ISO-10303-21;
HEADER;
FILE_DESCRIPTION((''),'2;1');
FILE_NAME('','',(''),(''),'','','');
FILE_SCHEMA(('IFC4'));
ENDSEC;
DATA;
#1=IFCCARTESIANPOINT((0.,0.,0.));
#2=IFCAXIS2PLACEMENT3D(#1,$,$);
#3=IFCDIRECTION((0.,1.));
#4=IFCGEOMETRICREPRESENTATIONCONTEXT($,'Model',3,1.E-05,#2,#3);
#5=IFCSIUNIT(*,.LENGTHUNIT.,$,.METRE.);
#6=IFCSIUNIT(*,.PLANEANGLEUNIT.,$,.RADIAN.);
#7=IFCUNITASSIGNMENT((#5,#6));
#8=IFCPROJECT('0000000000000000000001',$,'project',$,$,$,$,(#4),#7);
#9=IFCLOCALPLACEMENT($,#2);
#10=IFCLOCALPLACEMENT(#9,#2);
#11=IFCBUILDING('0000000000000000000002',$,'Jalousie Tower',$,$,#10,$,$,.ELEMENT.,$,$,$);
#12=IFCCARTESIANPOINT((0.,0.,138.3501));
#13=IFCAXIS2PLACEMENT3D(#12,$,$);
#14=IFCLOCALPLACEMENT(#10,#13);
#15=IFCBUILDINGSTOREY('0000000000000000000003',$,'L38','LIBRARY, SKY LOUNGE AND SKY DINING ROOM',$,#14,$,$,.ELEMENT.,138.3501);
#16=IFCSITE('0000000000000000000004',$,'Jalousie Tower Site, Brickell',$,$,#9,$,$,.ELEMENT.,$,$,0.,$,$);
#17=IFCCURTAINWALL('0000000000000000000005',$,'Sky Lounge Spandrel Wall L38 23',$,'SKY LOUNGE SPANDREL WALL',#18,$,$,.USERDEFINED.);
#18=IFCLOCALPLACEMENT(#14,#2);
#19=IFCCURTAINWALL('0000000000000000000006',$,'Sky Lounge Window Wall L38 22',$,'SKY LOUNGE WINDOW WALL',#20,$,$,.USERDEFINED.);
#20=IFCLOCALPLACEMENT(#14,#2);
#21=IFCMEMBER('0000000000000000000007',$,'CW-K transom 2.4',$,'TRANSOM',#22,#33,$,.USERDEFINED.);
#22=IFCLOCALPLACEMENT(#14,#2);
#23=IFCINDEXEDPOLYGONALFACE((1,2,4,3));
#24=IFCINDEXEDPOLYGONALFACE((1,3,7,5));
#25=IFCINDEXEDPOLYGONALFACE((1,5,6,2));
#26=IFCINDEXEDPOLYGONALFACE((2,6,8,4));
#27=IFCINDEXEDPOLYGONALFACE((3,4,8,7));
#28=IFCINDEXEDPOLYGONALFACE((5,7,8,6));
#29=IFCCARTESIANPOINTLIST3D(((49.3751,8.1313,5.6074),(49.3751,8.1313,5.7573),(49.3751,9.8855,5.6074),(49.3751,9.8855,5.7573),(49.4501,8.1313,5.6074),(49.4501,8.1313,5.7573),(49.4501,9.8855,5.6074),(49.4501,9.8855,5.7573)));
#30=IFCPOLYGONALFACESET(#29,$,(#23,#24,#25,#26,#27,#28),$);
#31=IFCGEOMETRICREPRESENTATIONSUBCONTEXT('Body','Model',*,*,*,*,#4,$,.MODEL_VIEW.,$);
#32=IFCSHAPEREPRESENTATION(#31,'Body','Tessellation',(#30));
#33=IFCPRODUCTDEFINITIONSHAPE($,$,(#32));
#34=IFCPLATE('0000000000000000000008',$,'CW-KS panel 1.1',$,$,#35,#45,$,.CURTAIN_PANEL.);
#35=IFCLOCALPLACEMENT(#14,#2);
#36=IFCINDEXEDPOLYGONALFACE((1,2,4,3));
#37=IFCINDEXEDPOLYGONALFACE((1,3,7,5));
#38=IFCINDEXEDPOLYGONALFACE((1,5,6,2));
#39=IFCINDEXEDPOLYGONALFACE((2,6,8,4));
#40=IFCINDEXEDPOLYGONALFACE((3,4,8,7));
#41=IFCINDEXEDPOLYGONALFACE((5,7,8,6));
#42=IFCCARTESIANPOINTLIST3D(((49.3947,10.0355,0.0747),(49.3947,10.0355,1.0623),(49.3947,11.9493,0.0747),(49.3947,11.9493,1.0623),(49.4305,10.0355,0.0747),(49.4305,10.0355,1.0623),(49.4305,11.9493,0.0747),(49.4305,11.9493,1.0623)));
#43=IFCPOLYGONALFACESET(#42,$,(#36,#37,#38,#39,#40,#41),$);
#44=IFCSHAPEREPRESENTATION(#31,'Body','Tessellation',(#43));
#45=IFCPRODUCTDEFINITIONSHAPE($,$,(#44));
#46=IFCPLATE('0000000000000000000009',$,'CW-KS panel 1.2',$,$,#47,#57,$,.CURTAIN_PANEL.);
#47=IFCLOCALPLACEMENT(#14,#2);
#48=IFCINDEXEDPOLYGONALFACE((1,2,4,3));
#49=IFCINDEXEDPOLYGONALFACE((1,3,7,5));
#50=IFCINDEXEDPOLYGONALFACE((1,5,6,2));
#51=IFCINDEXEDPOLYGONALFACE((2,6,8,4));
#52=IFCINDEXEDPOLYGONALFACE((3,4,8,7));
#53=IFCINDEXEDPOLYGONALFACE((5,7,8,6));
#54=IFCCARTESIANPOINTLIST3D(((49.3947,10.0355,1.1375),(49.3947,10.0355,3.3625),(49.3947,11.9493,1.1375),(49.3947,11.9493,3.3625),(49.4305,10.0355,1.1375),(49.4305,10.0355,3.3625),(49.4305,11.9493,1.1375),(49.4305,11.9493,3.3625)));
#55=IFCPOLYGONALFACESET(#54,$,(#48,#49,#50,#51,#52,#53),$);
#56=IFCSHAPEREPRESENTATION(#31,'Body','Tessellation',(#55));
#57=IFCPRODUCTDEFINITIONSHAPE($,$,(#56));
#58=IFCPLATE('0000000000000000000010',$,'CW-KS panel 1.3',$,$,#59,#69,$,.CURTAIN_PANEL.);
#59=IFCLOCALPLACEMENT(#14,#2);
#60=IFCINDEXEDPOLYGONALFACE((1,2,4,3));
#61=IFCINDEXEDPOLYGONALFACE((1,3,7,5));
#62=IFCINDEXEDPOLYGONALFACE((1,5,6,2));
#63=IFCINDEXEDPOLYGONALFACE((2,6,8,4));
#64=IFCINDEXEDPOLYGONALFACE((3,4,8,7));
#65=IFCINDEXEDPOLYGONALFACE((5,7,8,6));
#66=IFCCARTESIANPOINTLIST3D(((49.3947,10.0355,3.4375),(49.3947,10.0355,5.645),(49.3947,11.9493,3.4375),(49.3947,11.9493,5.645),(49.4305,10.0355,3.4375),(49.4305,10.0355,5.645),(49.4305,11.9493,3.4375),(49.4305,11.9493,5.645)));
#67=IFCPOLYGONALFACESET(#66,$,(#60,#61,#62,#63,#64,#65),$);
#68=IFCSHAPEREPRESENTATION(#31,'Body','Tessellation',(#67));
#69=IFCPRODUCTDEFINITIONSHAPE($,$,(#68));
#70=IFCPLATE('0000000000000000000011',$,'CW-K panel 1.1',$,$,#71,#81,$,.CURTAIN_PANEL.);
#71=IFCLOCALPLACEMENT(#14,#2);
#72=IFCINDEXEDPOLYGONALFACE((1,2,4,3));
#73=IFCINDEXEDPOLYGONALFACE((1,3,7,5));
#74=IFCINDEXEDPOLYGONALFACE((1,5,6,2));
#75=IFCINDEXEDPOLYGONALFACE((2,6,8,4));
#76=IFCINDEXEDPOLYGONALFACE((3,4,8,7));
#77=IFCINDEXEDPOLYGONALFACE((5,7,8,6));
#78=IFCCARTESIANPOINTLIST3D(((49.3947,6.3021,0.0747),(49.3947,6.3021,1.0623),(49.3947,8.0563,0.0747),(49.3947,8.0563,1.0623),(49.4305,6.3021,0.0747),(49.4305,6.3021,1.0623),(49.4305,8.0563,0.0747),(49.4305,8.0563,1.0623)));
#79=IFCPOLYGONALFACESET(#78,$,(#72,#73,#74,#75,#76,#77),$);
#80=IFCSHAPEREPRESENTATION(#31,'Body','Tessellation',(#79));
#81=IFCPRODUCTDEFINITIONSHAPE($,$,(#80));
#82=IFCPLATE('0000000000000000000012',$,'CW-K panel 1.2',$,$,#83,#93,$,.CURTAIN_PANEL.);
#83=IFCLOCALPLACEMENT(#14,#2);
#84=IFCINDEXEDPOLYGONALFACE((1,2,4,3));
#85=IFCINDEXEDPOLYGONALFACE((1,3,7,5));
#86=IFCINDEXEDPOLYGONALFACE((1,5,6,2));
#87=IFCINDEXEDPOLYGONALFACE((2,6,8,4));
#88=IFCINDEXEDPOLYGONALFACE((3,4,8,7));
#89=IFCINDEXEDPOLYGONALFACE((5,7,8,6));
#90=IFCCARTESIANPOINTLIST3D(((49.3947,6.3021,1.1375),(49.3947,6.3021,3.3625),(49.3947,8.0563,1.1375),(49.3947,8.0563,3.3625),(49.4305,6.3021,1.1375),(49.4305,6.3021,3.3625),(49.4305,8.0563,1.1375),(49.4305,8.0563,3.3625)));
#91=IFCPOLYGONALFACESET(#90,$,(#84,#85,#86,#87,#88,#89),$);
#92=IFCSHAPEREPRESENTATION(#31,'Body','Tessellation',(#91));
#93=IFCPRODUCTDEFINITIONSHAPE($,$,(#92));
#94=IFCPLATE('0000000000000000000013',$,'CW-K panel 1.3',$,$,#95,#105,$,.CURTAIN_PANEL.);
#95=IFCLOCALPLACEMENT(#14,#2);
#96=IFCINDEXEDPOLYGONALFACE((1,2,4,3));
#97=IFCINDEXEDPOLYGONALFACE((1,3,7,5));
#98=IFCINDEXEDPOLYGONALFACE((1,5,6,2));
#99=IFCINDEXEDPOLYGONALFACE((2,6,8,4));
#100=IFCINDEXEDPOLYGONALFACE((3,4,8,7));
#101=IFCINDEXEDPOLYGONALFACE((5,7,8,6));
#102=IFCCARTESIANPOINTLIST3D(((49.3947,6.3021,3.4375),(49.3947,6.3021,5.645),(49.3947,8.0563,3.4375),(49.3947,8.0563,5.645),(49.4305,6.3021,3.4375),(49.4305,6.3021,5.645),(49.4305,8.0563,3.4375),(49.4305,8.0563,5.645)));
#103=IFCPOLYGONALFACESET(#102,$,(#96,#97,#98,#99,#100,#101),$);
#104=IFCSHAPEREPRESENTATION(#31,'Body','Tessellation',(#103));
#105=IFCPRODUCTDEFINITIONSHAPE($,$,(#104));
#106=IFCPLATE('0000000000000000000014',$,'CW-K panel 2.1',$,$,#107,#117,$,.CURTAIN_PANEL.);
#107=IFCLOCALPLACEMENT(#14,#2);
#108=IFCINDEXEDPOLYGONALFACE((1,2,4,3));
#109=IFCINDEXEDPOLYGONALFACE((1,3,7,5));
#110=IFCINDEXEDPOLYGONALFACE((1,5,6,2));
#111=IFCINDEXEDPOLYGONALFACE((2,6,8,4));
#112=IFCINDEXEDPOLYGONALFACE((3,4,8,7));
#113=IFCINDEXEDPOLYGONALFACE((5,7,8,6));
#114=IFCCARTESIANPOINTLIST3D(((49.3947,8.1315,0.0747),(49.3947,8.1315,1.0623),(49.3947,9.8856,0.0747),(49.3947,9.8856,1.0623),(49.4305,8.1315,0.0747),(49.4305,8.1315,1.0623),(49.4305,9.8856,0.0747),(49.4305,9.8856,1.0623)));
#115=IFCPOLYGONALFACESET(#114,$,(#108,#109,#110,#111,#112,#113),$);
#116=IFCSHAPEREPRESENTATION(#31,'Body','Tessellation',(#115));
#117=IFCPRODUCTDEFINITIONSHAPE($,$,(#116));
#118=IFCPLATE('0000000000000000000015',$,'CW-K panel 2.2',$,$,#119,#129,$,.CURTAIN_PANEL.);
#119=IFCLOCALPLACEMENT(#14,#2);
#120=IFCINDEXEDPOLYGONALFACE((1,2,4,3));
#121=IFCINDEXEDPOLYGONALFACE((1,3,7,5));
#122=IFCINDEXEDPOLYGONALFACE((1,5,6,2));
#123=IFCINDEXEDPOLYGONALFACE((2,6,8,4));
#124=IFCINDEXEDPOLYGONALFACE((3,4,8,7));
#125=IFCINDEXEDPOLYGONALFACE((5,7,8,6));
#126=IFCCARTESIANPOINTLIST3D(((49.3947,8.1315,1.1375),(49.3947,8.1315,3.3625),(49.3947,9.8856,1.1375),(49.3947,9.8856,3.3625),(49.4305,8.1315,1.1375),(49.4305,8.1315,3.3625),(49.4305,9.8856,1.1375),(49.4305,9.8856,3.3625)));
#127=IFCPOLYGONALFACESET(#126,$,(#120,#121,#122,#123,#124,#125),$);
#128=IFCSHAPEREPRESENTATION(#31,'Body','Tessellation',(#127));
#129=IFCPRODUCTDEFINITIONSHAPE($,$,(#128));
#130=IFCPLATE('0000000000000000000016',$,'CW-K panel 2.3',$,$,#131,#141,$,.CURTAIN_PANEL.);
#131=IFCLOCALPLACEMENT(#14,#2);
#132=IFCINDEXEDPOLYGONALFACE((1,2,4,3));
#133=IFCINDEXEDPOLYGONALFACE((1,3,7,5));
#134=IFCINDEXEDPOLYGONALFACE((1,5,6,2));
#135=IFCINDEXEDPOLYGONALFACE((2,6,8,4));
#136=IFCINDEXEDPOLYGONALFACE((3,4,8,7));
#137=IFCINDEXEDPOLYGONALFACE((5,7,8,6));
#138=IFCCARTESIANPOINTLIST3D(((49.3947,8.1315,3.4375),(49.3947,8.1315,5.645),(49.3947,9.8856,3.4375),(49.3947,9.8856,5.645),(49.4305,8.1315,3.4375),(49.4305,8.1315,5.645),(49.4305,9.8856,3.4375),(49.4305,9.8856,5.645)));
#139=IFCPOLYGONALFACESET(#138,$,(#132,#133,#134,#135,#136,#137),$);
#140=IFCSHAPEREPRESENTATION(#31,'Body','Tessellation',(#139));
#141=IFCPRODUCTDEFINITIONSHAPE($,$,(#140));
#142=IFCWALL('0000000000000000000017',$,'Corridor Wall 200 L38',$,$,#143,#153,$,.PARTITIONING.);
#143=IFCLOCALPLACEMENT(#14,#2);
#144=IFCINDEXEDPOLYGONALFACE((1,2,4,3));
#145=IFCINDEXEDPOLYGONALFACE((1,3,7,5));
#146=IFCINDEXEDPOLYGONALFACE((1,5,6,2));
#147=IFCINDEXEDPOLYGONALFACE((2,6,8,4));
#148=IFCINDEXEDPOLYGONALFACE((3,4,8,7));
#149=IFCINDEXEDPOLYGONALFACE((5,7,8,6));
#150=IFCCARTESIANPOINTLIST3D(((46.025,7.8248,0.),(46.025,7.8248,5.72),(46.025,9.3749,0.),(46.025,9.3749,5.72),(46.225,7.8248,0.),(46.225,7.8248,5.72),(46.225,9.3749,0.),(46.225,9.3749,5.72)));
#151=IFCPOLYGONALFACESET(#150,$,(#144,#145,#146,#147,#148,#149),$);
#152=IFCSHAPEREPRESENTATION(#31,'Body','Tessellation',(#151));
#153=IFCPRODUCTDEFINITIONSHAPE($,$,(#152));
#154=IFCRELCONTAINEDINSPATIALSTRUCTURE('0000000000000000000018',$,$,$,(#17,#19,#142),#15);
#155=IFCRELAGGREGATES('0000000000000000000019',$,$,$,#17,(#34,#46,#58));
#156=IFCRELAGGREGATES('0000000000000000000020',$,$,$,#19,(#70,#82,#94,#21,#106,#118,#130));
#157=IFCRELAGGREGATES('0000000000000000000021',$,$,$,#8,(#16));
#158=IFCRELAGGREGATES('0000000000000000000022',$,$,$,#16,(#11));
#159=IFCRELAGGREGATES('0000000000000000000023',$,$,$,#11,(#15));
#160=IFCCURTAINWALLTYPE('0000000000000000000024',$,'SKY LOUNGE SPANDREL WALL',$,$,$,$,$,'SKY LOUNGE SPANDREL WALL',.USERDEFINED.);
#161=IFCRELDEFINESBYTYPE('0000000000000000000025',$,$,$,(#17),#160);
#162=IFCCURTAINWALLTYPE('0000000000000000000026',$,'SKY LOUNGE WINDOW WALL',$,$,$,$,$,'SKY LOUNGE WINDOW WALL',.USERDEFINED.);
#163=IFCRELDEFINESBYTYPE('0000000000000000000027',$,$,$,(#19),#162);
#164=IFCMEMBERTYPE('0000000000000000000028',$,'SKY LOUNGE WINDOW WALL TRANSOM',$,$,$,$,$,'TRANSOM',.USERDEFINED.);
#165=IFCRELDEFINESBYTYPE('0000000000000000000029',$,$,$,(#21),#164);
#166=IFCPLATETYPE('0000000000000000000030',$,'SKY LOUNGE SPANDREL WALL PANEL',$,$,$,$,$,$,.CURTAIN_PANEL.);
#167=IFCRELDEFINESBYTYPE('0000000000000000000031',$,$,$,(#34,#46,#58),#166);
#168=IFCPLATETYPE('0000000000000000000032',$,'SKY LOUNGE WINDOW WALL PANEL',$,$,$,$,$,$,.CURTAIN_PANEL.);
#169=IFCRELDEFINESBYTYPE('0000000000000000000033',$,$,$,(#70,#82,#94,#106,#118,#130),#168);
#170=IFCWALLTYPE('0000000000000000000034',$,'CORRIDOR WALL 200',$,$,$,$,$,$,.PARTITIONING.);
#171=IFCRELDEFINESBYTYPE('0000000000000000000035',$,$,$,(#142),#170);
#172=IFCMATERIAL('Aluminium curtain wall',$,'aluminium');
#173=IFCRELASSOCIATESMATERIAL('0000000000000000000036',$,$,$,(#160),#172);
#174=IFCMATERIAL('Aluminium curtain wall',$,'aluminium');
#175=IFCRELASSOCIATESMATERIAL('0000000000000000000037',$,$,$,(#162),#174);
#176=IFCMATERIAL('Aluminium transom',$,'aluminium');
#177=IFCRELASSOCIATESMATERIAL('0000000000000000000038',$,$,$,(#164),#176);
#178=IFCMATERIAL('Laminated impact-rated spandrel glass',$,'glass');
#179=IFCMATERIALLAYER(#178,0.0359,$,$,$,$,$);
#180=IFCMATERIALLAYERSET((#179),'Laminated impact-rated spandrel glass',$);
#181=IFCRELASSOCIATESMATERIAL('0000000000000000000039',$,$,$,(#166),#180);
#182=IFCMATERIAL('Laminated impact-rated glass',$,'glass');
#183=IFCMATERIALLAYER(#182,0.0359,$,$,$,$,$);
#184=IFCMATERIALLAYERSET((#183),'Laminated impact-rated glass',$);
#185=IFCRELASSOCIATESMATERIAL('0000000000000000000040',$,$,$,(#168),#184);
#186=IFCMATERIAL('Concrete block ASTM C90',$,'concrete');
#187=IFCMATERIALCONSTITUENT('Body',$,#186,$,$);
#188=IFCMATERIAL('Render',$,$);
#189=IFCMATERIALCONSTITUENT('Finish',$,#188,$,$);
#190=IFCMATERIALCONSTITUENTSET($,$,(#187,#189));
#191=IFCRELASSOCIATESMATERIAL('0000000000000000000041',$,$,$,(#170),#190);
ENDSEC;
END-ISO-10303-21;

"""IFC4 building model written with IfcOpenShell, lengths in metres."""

from ifc_helpers import new_model, si_unit, direction, frame, frame_2d, origin, origin_2d, place, context, subcontext, project, spatial, rectangle, extrude, material, layer, layer_set, constituent, constituent_set, material_profile, profile_set, type_object, element, aggregate, save


model = new_model("IFC4")

# Units and contexts
model_context = context("Model", 3, precision=1e-05, world=origin(), true_north=direction((0.0, 1.0)))
body_context = subcontext(model_context, "Body", "Model", "MODEL_VIEW")
ifc_project = project(units=[si_unit("LENGTHUNIT", "METRE"), si_unit("PLANEANGLEUNIT", "RADIAN")], contexts=[model_context])

# Site, building, storey
site_placement = place(None, origin())
site = spatial("IfcSite", under=ifc_project, at=site_placement, Name="Jalousie Tower Site, Brickell", CompositionType="ELEMENT", RefElevation=0.0)
building_placement = place(site_placement, origin())
building = spatial("IfcBuilding", under=site, at=building_placement, Name="Jalousie Tower", CompositionType="ELEMENT")
storey_placement = place(building_placement, frame((0.0, 0.0, 138.3501)))
storey = spatial("IfcBuildingStorey", under=building, at=storey_placement, Name="L38", Description="LIBRARY, SKY LOUNGE AND SKY DINING ROOM", CompositionType="ELEMENT", Elevation=138.3501)

# Curtain walls, member
ifc_material_1 = material(Name="Aluminium curtain wall", Category="aluminium")
curtain_wall_type_1 = type_object("IfcCurtainWallType", Name="SKY LOUNGE SPANDREL WALL", ElementType="SKY LOUNGE SPANDREL WALL", PredefinedType="USERDEFINED", material=ifc_material_1)
curtain_wall_1_placement = place(storey_placement, origin())
curtain_wall_1 = element("IfcCurtainWall", 1, at=curtain_wall_1_placement, inside=storey, type_object=curtain_wall_type_1, Name="Sky Lounge Spandrel Wall L38 23", ObjectType="SKY LOUNGE SPANDREL WALL", PredefinedType="USERDEFINED")
ifc_material_2 = material(Name="Aluminium curtain wall", Category="aluminium")
curtain_wall_type_2 = type_object("IfcCurtainWallType", Name="SKY LOUNGE WINDOW WALL", ElementType="SKY LOUNGE WINDOW WALL", PredefinedType="USERDEFINED", material=ifc_material_2)
curtain_wall_2_placement = place(storey_placement, origin())
curtain_wall_2 = element("IfcCurtainWall", 2, at=curtain_wall_2_placement, inside=storey, type_object=curtain_wall_type_2, Name="Sky Lounge Window Wall L38 22", ObjectType="SKY LOUNGE WINDOW WALL", PredefinedType="USERDEFINED")
ifc_material_3 = material(Name="Aluminium transom", Category="aluminium")
ifc_material_profile_1 = material_profile(ifc_material_3, rectangle(XDim=0.075, YDim=0.1499, at=origin_2d()), Name="TRANSOM 75x150")
ifc_profile_set_1 = profile_set([ifc_material_profile_1], Name="Aluminium transom")
member_type_1 = type_object("IfcMemberType", Name="SKY LOUNGE WINDOW WALL TRANSOM", ElementType="TRANSOM", PredefinedType="USERDEFINED", material=ifc_profile_set_1)
member_1_placement = place(storey_placement, frame((49.4126, 8.1313, 5.6824), z_axis=(0.0, 1.0, 0.0), x_axis=(-1.0, 0.0, 0.0)))
member_1 = element("IfcMember", 3, at=member_1_placement, type_object=member_type_1, Name="CW-K transom 2.4", ObjectType="TRANSOM", PredefinedType="USERDEFINED", context=body_context, shape_type="SweptSolid", body=[
    extrude(rectangle(XDim=0.075, YDim=0.1499, at=origin_2d()), origin(), (0.0, 0.0, 1.0), 1.7542),
])

# Plates
ifc_material_4 = material(Name="Laminated impact-rated spandrel glass", Category="glass")
ifc_layer_1 = layer(ifc_material_4, 0.0359)
ifc_layer_set_1 = layer_set([ifc_layer_1], Name="Laminated impact-rated spandrel glass")
plate_type_1 = type_object("IfcPlateType", Name="SKY LOUNGE SPANDREL WALL PANEL", PredefinedType="CURTAIN_PANEL", material=ifc_layer_set_1)
plate_1_placement = place(storey_placement, frame((49.4126, 10.9924, 0.0747), z_axis=(0.0, 0.0, 1.0), x_axis=(0.0, 1.0, 0.0)))
plate_1 = element("IfcPlate", 4, at=plate_1_placement, type_object=plate_type_1, Name="CW-KS panel 1.1", PredefinedType="CURTAIN_PANEL", context=body_context, shape_type="SweptSolid", body=[
    extrude(rectangle(XDim=1.9138, YDim=0.0359, at=origin_2d()), origin(), (0.0, 0.0, 1.0), 0.9875),
])
plate_2_placement = place(storey_placement, frame((49.4126, 10.9924, 1.1375), z_axis=(0.0, 0.0, 1.0), x_axis=(0.0, 1.0, 0.0)))
plate_2 = element("IfcPlate", 5, at=plate_2_placement, type_object=plate_type_1, Name="CW-KS panel 1.2", PredefinedType="CURTAIN_PANEL", context=body_context, shape_type="SweptSolid", body=[
    extrude(rectangle(XDim=1.9138, YDim=0.0359, at=origin_2d()), origin(), (0.0, 0.0, 1.0), 2.2251),
])
plate_3_placement = place(storey_placement, frame((49.4126, 10.9924, 3.4375), z_axis=(0.0, 0.0, 1.0), x_axis=(0.0, 1.0, 0.0)))
plate_3 = element("IfcPlate", 6, at=plate_3_placement, type_object=plate_type_1, Name="CW-KS panel 1.3", PredefinedType="CURTAIN_PANEL", context=body_context, shape_type="SweptSolid", body=[
    extrude(rectangle(XDim=1.9138, YDim=0.0359, at=origin_2d()), origin(), (0.0, 0.0, 1.0), 2.2075),
])
aggregate(curtain_wall_1, [plate_1, plate_2, plate_3])
ifc_material_5 = material(Name="Laminated impact-rated glass", Category="glass")
ifc_layer_2 = layer(ifc_material_5, 0.0359)
ifc_layer_set_2 = layer_set([ifc_layer_2], Name="Laminated impact-rated glass")
plate_type_2 = type_object("IfcPlateType", Name="SKY LOUNGE WINDOW WALL PANEL", PredefinedType="CURTAIN_PANEL", material=ifc_layer_set_2)
plate_4_placement = place(storey_placement, frame((49.4126, 7.1792, 0.0747), z_axis=(0.0, 0.0, 1.0), x_axis=(0.0, 1.0, 0.0)))
plate_4 = element("IfcPlate", 7, at=plate_4_placement, type_object=plate_type_2, Name="CW-K panel 1.1", PredefinedType="CURTAIN_PANEL", context=body_context, shape_type="SweptSolid", body=[
    extrude(rectangle(XDim=1.7542, YDim=0.0359, at=origin_2d()), origin(), (0.0, 0.0, 1.0), 0.9875),
])
plate_5_placement = place(storey_placement, frame((49.4126, 7.1792, 1.1375), z_axis=(0.0, 0.0, 1.0), x_axis=(0.0, 1.0, 0.0)))
plate_5 = element("IfcPlate", 8, at=plate_5_placement, type_object=plate_type_2, Name="CW-K panel 1.2", PredefinedType="CURTAIN_PANEL", context=body_context, shape_type="SweptSolid", body=[
    extrude(rectangle(XDim=1.7542, YDim=0.0359, at=origin_2d()), origin(), (0.0, 0.0, 1.0), 2.2251),
])
plate_6_placement = place(storey_placement, frame((49.4126, 7.1792, 3.4375), z_axis=(0.0, 0.0, 1.0), x_axis=(0.0, 1.0, 0.0)))
plate_6 = element("IfcPlate", 9, at=plate_6_placement, type_object=plate_type_2, Name="CW-K panel 1.3", PredefinedType="CURTAIN_PANEL", context=body_context, shape_type="SweptSolid", body=[
    extrude(rectangle(XDim=1.7542, YDim=0.0359, at=origin_2d()), origin(), (0.0, 0.0, 1.0), 2.2075),
])
plate_7_placement = place(storey_placement, frame((49.4126, 9.0085, 0.0747), z_axis=(0.0, 0.0, 1.0), x_axis=(0.0, 1.0, 0.0)))
plate_7 = element("IfcPlate", 10, at=plate_7_placement, type_object=plate_type_2, Name="CW-K panel 2.1", PredefinedType="CURTAIN_PANEL", context=body_context, shape_type="SweptSolid", body=[
    extrude(rectangle(XDim=1.7542, YDim=0.0359, at=origin_2d()), origin(), (0.0, 0.0, 1.0), 0.9875),
])
plate_8_placement = place(storey_placement, frame((49.4126, 9.0085, 1.1375), z_axis=(0.0, 0.0, 1.0), x_axis=(0.0, 1.0, 0.0)))
plate_8 = element("IfcPlate", 11, at=plate_8_placement, type_object=plate_type_2, Name="CW-K panel 2.2", PredefinedType="CURTAIN_PANEL", context=body_context, shape_type="SweptSolid", body=[
    extrude(rectangle(XDim=1.7542, YDim=0.0359, at=origin_2d()), origin(), (0.0, 0.0, 1.0), 2.2251),
])
plate_9_placement = place(storey_placement, frame((49.4126, 9.0085, 3.4375), z_axis=(0.0, 0.0, 1.0), x_axis=(0.0, 1.0, 0.0)))
plate_9 = element("IfcPlate", 12, at=plate_9_placement, type_object=plate_type_2, Name="CW-K panel 2.3", PredefinedType="CURTAIN_PANEL", context=body_context, shape_type="SweptSolid", body=[
    extrude(rectangle(XDim=1.7542, YDim=0.0359, at=origin_2d()), origin(), (0.0, 0.0, 1.0), 2.2075),
])
aggregate(curtain_wall_2, [plate_4, plate_5, plate_6, member_1, plate_7, plate_8, plate_9])

# Wall
ifc_material_6 = material(Name="Concrete block ASTM C90", Category="concrete")
ifc_constituent_1 = constituent(ifc_material_6, Name="Body")
ifc_material_7 = material(Name="Render")
ifc_constituent_2 = constituent(ifc_material_7, Name="Finish")
ifc_constituent_set_1 = constituent_set(constituents=[ifc_constituent_1, ifc_constituent_2])
wall_type_1 = type_object("IfcWallType", Name="CORRIDOR WALL 200", PredefinedType="PARTITIONING", material=ifc_constituent_set_1)
wall_1_placement = place(storey_placement, frame((46.125, 7.825, 0.0), z_axis=(0.0, 0.0, 1.0), x_axis=(0.0, 1.0, 0.0)))
element("IfcWall", 13, at=wall_1_placement, inside=storey, type_object=wall_type_1, Name="Corridor Wall 200 L38", PredefinedType="PARTITIONING", context=body_context, shape_type="SweptSolid", body=[
    extrude(rectangle(XDim=1.55, YDim=0.2, at=frame_2d((0.7749, 0.0))), origin(), (0.0, 0.0, 1.0), 5.72),
])

save(model, "model.ifc")
